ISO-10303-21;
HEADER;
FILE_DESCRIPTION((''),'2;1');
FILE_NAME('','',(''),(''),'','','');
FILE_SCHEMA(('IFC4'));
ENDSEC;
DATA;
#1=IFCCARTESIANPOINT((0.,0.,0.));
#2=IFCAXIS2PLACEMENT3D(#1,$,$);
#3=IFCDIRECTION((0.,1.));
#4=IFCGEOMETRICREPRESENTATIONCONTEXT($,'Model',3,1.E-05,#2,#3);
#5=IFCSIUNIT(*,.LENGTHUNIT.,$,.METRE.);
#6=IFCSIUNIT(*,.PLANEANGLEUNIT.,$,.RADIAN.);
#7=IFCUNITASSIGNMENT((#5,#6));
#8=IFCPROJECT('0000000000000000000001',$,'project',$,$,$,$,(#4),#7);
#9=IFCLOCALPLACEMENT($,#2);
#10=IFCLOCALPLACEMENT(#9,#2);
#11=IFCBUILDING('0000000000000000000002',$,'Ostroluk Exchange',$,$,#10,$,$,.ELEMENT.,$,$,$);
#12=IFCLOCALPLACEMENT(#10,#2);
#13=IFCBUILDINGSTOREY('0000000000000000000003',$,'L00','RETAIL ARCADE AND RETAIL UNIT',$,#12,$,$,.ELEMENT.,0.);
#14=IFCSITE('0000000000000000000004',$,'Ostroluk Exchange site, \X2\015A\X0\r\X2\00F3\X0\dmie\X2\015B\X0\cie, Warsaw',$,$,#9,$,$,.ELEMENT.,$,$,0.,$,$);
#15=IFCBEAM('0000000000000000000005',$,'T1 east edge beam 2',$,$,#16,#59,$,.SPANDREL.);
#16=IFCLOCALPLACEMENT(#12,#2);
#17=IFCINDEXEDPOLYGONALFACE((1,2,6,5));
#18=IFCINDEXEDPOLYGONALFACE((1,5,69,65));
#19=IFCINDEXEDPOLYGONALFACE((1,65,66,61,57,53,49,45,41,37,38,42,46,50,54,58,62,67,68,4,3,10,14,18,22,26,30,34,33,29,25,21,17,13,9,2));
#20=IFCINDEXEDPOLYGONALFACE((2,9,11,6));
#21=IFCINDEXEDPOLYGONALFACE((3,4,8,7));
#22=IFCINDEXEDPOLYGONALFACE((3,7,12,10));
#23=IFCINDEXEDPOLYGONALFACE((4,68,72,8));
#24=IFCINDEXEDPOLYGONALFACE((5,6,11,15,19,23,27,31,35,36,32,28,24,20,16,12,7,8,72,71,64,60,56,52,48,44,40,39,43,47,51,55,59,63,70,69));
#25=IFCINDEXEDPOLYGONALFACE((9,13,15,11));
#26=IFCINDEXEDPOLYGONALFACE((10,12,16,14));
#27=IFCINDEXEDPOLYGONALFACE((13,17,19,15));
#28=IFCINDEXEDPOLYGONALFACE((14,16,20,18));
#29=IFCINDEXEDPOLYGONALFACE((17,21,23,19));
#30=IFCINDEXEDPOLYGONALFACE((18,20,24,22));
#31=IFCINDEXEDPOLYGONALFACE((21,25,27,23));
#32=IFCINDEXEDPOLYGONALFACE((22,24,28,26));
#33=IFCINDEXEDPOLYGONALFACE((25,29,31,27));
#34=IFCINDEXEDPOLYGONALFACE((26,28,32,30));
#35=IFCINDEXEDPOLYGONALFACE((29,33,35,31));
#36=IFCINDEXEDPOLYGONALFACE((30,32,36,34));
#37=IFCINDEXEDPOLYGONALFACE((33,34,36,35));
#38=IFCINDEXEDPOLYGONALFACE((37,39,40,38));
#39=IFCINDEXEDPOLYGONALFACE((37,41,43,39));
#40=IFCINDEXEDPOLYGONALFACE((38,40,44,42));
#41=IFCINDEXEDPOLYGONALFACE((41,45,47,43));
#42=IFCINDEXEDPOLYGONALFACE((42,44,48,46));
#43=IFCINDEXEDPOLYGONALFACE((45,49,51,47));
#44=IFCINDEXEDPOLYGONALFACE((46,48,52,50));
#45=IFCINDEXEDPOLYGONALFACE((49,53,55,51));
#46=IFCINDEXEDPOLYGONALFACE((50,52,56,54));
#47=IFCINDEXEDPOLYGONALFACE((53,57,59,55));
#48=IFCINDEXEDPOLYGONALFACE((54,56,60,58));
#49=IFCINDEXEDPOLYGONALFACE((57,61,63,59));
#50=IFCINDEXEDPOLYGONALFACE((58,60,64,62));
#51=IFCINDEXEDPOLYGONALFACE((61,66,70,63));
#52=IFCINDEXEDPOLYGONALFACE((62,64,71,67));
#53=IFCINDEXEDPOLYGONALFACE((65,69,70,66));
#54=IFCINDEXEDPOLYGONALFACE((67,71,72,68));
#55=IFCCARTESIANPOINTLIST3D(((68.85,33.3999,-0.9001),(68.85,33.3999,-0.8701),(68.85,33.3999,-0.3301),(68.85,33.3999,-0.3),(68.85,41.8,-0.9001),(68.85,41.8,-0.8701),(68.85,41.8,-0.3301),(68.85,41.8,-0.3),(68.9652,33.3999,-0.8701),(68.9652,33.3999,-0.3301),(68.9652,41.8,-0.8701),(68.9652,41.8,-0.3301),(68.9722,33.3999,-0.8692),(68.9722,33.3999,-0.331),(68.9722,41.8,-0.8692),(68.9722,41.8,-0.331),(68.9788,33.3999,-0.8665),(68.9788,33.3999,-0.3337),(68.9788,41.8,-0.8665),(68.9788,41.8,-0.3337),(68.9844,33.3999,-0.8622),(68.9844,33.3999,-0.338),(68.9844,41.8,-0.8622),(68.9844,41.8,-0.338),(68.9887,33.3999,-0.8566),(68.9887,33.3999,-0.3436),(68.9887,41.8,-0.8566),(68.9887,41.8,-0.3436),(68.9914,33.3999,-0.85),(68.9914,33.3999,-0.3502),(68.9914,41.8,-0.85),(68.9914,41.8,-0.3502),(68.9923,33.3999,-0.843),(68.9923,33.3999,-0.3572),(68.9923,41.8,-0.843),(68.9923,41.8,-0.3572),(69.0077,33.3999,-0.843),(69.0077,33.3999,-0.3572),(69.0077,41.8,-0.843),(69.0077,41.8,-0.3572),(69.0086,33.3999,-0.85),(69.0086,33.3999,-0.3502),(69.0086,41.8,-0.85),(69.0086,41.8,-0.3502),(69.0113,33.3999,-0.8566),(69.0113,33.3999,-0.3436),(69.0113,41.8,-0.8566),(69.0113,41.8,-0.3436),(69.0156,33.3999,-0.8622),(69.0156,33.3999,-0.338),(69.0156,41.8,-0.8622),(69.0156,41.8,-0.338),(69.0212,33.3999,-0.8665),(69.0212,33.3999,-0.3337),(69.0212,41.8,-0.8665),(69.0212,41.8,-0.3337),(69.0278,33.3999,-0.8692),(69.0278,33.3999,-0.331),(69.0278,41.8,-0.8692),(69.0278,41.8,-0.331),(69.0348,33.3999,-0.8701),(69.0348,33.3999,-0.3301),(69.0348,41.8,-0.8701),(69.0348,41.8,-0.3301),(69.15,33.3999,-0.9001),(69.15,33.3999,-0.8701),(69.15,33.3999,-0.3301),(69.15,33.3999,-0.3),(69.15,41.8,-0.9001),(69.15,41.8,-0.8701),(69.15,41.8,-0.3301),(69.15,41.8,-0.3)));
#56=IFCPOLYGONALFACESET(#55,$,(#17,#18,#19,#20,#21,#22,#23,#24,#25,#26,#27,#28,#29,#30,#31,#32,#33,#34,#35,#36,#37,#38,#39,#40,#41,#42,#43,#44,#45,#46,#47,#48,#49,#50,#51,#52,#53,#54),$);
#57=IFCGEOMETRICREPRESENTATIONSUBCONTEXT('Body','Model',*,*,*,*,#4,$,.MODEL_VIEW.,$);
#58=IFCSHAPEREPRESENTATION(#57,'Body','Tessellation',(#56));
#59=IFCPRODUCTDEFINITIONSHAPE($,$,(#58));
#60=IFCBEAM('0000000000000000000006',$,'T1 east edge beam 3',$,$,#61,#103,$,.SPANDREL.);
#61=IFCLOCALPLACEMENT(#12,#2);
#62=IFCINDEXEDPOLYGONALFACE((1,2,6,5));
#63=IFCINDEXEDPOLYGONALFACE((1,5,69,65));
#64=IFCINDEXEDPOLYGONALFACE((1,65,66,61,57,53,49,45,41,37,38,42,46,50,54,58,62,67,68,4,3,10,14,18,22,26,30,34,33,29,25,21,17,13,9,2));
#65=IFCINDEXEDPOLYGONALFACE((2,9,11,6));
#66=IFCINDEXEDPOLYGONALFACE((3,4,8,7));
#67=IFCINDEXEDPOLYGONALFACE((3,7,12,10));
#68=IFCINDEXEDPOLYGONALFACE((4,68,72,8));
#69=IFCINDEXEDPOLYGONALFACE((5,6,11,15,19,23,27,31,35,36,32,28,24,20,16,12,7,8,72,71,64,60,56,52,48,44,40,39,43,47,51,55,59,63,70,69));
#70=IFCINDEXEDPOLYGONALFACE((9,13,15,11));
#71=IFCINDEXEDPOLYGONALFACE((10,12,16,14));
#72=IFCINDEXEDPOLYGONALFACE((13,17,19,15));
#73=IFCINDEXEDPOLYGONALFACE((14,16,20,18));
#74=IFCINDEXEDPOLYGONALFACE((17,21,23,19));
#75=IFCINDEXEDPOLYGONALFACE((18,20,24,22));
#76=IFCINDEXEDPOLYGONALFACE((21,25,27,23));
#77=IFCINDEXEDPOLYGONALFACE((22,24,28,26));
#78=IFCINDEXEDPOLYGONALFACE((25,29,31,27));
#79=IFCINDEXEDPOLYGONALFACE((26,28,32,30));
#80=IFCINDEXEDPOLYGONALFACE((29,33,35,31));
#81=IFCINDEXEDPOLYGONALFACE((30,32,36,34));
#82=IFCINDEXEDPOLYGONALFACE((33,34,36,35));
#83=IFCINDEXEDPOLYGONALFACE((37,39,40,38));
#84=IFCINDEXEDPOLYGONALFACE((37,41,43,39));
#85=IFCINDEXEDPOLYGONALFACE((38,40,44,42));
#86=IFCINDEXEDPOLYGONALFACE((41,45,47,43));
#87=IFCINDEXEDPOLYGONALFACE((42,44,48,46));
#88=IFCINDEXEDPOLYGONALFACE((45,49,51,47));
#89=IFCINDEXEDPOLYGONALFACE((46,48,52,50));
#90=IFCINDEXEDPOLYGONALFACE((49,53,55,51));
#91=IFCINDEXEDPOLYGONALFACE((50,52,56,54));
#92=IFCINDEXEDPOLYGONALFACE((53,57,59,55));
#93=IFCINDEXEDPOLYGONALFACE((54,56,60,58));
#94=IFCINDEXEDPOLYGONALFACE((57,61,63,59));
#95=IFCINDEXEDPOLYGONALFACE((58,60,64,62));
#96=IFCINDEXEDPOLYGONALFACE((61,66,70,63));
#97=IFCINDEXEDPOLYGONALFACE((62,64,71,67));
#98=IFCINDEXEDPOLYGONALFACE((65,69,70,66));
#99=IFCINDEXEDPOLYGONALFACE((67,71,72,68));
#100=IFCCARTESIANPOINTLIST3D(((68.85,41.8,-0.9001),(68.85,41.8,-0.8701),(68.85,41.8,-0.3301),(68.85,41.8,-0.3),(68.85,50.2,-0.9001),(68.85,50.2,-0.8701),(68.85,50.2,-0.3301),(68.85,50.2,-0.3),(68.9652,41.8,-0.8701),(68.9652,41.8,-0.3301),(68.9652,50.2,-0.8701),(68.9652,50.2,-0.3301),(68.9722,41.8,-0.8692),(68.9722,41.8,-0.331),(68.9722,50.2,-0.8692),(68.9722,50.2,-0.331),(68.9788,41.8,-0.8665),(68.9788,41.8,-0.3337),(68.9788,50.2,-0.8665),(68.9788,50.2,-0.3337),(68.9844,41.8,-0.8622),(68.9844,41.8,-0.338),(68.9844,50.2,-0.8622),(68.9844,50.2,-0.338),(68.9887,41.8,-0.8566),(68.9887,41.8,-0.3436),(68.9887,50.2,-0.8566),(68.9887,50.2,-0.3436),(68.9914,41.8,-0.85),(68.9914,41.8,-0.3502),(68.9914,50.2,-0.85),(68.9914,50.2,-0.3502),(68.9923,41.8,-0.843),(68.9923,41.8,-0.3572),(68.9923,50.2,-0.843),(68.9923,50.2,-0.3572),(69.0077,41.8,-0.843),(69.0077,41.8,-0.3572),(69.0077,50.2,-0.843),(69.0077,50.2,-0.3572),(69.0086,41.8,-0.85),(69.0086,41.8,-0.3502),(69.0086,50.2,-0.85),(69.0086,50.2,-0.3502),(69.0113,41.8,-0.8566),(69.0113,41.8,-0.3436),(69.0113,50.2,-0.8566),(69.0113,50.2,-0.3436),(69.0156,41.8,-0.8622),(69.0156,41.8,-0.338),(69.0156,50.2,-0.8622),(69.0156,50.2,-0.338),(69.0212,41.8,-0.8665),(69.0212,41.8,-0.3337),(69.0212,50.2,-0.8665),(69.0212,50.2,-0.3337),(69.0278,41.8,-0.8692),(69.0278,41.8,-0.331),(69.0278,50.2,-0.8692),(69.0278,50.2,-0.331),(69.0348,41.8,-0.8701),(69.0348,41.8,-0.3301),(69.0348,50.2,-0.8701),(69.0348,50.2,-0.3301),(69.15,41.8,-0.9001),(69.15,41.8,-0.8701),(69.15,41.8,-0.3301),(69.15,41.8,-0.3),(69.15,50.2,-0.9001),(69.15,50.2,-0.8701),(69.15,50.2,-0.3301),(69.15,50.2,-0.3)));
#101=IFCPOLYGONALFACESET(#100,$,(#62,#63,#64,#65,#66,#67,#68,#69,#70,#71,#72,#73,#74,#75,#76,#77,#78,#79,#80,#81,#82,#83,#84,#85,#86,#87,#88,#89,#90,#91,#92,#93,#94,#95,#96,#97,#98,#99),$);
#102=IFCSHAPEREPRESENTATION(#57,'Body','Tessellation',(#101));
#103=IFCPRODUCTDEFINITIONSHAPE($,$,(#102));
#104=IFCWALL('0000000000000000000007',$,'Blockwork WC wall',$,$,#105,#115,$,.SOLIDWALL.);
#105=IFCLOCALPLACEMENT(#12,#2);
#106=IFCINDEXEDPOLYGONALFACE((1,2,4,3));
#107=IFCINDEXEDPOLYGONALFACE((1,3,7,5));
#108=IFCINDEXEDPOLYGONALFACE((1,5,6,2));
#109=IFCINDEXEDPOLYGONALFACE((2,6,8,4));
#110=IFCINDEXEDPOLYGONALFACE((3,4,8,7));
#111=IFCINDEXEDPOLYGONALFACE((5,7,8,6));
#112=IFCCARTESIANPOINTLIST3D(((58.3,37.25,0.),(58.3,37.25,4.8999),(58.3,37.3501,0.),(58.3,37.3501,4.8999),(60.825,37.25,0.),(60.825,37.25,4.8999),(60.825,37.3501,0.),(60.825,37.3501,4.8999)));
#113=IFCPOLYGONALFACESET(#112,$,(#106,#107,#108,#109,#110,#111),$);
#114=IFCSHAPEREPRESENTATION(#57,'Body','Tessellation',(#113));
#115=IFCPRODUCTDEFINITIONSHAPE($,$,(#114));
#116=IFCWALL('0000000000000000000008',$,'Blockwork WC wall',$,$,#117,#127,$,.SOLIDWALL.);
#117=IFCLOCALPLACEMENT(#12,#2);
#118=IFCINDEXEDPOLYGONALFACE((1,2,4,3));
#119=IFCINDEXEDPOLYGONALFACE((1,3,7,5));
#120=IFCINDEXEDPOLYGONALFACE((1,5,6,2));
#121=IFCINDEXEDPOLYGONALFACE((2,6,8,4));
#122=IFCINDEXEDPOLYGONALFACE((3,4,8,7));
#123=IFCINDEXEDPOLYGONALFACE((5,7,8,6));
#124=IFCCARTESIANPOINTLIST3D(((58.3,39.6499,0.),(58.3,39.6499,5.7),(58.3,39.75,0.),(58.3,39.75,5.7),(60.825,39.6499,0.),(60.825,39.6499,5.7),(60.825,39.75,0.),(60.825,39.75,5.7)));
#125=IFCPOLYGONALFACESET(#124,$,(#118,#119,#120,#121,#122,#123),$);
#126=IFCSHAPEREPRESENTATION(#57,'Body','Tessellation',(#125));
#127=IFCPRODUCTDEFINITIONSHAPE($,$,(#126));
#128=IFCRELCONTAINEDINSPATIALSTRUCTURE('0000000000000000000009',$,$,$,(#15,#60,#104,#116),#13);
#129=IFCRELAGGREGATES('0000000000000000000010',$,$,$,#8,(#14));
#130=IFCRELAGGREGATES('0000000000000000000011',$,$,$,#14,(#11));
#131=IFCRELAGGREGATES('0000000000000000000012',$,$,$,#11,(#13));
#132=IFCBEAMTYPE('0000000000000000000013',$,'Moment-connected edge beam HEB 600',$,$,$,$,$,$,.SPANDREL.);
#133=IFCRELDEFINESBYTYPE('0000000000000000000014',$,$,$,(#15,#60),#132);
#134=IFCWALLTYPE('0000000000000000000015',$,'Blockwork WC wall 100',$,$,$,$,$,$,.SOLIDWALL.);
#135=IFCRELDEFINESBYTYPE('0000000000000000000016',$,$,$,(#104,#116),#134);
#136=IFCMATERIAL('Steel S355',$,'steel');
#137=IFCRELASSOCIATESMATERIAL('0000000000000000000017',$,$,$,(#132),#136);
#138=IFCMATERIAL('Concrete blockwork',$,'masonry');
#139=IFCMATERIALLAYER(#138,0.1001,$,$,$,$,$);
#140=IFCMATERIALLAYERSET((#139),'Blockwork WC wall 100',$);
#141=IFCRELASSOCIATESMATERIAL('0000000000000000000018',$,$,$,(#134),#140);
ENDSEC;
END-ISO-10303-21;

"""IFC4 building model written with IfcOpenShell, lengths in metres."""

from ifc_helpers import new_model, si_unit, direction, frame, frame_2d, origin, origin_2d, place, context, subcontext, project, spatial, rectangle, i_section, extrude, material, layer, layer_set, material_profile, profile_set, type_object, element, save


model = new_model("IFC4")

# Units and contexts
model_context = context("Model", 3, precision=1e-05, world=origin(), true_north=direction((0.0, 1.0)))
body_context = subcontext(model_context, "Body", "Model", "MODEL_VIEW")
ifc_project = project(units=[si_unit("LENGTHUNIT", "METRE"), si_unit("PLANEANGLEUNIT", "RADIAN")], contexts=[model_context])

# Site, building, storey
site_placement = place(None, origin())
site = spatial("IfcSite", under=ifc_project, at=site_placement, Name="Ostroluk Exchange site, Śródmieście, Warsaw", CompositionType="ELEMENT", RefElevation=0.0)
building_placement = place(site_placement, origin())
building = spatial("IfcBuilding", under=site, at=building_placement, Name="Ostroluk Exchange", CompositionType="ELEMENT")
storey_placement = place(building_placement, origin())
storey = spatial("IfcBuildingStorey", under=building, at=storey_placement, Name="L00", Description="RETAIL ARCADE AND RETAIL UNIT", CompositionType="ELEMENT", Elevation=0.0)

# Beams
ifc_material_1 = material(Name="Steel S355", Category="steel")
ifc_material_profile_1 = material_profile(ifc_material_1, i_section(OverallWidth=0.3, OverallDepth=0.6001, WebThickness=0.0154, FlangeThickness=0.03, FilletRadius=0.0271, at=origin_2d()), Name="HEB 600")
ifc_profile_set_1 = profile_set([ifc_material_profile_1], Name="Steel S355")
beam_type_1 = type_object("IfcBeamType", Name="Moment-connected edge beam HEB 600", PredefinedType="SPANDREL", material=ifc_profile_set_1)
beam_1_placement = place(storey_placement, frame((69.0, 33.3999, -0.6001), z_axis=(0.0, 1.0, 0.0), x_axis=(-1.0, 0.0, 0.0)))
element("IfcBeam", 1, at=beam_1_placement, inside=storey, type_object=beam_type_1, Name="T1 east edge beam 2", PredefinedType="SPANDREL", context=body_context, shape_type="SweptSolid", body=[
    extrude(i_section(OverallWidth=0.3, OverallDepth=0.6001, WebThickness=0.0154, FlangeThickness=0.03, FilletRadius=0.0271, at=origin_2d()), origin(), (0.0, 0.0, 1.0), 8.4001),
])
beam_2_placement = place(storey_placement, frame((69.0, 41.8, -0.6001), z_axis=(0.0, 1.0, 0.0), x_axis=(-1.0, 0.0, 0.0)))
element("IfcBeam", 2, at=beam_2_placement, inside=storey, type_object=beam_type_1, Name="T1 east edge beam 3", PredefinedType="SPANDREL", context=body_context, shape_type="SweptSolid", body=[
    extrude(i_section(OverallWidth=0.3, OverallDepth=0.6001, WebThickness=0.0154, FlangeThickness=0.03, FilletRadius=0.0271, at=origin_2d()), origin(), (0.0, 0.0, 1.0), 8.3999),
])

# Walls
ifc_material_2 = material(Name="Concrete blockwork", Category="masonry")
ifc_layer_1 = layer(ifc_material_2, 0.1001)
ifc_layer_set_1 = layer_set([ifc_layer_1], Name="Blockwork WC wall 100")
wall_type_1 = type_object("IfcWallType", Name="Blockwork WC wall 100", PredefinedType="SOLIDWALL", material=ifc_layer_set_1)
wall_1_placement = place(storey_placement, frame((60.825, 37.3, 0.0), z_axis=(0.0, 0.0, 1.0), x_axis=(-1.0, 0.0, 0.0)))
element("IfcWall", 3, at=wall_1_placement, inside=storey, type_object=wall_type_1, Name="Blockwork WC wall", PredefinedType="SOLIDWALL", context=body_context, shape_type="SweptSolid", body=[
    extrude(rectangle(XDim=2.5249, YDim=0.1001, at=frame_2d((1.2625, 0.0))), origin(), (0.0, 0.0, 1.0), 4.8999),
])
wall_2_placement = place(storey_placement, frame((60.825, 39.7, 0.0), z_axis=(0.0, 0.0, 1.0), x_axis=(-1.0, 0.0, 0.0)))
element("IfcWall", 4, at=wall_2_placement, inside=storey, type_object=wall_type_1, Name="Blockwork WC wall", PredefinedType="SOLIDWALL", context=body_context, shape_type="SweptSolid", body=[
    extrude(rectangle(XDim=2.5249, YDim=0.1001, at=frame_2d((1.2625, 0.0))), origin(), (0.0, 0.0, 1.0), 5.7),
])

save(model, "model.ifc")
